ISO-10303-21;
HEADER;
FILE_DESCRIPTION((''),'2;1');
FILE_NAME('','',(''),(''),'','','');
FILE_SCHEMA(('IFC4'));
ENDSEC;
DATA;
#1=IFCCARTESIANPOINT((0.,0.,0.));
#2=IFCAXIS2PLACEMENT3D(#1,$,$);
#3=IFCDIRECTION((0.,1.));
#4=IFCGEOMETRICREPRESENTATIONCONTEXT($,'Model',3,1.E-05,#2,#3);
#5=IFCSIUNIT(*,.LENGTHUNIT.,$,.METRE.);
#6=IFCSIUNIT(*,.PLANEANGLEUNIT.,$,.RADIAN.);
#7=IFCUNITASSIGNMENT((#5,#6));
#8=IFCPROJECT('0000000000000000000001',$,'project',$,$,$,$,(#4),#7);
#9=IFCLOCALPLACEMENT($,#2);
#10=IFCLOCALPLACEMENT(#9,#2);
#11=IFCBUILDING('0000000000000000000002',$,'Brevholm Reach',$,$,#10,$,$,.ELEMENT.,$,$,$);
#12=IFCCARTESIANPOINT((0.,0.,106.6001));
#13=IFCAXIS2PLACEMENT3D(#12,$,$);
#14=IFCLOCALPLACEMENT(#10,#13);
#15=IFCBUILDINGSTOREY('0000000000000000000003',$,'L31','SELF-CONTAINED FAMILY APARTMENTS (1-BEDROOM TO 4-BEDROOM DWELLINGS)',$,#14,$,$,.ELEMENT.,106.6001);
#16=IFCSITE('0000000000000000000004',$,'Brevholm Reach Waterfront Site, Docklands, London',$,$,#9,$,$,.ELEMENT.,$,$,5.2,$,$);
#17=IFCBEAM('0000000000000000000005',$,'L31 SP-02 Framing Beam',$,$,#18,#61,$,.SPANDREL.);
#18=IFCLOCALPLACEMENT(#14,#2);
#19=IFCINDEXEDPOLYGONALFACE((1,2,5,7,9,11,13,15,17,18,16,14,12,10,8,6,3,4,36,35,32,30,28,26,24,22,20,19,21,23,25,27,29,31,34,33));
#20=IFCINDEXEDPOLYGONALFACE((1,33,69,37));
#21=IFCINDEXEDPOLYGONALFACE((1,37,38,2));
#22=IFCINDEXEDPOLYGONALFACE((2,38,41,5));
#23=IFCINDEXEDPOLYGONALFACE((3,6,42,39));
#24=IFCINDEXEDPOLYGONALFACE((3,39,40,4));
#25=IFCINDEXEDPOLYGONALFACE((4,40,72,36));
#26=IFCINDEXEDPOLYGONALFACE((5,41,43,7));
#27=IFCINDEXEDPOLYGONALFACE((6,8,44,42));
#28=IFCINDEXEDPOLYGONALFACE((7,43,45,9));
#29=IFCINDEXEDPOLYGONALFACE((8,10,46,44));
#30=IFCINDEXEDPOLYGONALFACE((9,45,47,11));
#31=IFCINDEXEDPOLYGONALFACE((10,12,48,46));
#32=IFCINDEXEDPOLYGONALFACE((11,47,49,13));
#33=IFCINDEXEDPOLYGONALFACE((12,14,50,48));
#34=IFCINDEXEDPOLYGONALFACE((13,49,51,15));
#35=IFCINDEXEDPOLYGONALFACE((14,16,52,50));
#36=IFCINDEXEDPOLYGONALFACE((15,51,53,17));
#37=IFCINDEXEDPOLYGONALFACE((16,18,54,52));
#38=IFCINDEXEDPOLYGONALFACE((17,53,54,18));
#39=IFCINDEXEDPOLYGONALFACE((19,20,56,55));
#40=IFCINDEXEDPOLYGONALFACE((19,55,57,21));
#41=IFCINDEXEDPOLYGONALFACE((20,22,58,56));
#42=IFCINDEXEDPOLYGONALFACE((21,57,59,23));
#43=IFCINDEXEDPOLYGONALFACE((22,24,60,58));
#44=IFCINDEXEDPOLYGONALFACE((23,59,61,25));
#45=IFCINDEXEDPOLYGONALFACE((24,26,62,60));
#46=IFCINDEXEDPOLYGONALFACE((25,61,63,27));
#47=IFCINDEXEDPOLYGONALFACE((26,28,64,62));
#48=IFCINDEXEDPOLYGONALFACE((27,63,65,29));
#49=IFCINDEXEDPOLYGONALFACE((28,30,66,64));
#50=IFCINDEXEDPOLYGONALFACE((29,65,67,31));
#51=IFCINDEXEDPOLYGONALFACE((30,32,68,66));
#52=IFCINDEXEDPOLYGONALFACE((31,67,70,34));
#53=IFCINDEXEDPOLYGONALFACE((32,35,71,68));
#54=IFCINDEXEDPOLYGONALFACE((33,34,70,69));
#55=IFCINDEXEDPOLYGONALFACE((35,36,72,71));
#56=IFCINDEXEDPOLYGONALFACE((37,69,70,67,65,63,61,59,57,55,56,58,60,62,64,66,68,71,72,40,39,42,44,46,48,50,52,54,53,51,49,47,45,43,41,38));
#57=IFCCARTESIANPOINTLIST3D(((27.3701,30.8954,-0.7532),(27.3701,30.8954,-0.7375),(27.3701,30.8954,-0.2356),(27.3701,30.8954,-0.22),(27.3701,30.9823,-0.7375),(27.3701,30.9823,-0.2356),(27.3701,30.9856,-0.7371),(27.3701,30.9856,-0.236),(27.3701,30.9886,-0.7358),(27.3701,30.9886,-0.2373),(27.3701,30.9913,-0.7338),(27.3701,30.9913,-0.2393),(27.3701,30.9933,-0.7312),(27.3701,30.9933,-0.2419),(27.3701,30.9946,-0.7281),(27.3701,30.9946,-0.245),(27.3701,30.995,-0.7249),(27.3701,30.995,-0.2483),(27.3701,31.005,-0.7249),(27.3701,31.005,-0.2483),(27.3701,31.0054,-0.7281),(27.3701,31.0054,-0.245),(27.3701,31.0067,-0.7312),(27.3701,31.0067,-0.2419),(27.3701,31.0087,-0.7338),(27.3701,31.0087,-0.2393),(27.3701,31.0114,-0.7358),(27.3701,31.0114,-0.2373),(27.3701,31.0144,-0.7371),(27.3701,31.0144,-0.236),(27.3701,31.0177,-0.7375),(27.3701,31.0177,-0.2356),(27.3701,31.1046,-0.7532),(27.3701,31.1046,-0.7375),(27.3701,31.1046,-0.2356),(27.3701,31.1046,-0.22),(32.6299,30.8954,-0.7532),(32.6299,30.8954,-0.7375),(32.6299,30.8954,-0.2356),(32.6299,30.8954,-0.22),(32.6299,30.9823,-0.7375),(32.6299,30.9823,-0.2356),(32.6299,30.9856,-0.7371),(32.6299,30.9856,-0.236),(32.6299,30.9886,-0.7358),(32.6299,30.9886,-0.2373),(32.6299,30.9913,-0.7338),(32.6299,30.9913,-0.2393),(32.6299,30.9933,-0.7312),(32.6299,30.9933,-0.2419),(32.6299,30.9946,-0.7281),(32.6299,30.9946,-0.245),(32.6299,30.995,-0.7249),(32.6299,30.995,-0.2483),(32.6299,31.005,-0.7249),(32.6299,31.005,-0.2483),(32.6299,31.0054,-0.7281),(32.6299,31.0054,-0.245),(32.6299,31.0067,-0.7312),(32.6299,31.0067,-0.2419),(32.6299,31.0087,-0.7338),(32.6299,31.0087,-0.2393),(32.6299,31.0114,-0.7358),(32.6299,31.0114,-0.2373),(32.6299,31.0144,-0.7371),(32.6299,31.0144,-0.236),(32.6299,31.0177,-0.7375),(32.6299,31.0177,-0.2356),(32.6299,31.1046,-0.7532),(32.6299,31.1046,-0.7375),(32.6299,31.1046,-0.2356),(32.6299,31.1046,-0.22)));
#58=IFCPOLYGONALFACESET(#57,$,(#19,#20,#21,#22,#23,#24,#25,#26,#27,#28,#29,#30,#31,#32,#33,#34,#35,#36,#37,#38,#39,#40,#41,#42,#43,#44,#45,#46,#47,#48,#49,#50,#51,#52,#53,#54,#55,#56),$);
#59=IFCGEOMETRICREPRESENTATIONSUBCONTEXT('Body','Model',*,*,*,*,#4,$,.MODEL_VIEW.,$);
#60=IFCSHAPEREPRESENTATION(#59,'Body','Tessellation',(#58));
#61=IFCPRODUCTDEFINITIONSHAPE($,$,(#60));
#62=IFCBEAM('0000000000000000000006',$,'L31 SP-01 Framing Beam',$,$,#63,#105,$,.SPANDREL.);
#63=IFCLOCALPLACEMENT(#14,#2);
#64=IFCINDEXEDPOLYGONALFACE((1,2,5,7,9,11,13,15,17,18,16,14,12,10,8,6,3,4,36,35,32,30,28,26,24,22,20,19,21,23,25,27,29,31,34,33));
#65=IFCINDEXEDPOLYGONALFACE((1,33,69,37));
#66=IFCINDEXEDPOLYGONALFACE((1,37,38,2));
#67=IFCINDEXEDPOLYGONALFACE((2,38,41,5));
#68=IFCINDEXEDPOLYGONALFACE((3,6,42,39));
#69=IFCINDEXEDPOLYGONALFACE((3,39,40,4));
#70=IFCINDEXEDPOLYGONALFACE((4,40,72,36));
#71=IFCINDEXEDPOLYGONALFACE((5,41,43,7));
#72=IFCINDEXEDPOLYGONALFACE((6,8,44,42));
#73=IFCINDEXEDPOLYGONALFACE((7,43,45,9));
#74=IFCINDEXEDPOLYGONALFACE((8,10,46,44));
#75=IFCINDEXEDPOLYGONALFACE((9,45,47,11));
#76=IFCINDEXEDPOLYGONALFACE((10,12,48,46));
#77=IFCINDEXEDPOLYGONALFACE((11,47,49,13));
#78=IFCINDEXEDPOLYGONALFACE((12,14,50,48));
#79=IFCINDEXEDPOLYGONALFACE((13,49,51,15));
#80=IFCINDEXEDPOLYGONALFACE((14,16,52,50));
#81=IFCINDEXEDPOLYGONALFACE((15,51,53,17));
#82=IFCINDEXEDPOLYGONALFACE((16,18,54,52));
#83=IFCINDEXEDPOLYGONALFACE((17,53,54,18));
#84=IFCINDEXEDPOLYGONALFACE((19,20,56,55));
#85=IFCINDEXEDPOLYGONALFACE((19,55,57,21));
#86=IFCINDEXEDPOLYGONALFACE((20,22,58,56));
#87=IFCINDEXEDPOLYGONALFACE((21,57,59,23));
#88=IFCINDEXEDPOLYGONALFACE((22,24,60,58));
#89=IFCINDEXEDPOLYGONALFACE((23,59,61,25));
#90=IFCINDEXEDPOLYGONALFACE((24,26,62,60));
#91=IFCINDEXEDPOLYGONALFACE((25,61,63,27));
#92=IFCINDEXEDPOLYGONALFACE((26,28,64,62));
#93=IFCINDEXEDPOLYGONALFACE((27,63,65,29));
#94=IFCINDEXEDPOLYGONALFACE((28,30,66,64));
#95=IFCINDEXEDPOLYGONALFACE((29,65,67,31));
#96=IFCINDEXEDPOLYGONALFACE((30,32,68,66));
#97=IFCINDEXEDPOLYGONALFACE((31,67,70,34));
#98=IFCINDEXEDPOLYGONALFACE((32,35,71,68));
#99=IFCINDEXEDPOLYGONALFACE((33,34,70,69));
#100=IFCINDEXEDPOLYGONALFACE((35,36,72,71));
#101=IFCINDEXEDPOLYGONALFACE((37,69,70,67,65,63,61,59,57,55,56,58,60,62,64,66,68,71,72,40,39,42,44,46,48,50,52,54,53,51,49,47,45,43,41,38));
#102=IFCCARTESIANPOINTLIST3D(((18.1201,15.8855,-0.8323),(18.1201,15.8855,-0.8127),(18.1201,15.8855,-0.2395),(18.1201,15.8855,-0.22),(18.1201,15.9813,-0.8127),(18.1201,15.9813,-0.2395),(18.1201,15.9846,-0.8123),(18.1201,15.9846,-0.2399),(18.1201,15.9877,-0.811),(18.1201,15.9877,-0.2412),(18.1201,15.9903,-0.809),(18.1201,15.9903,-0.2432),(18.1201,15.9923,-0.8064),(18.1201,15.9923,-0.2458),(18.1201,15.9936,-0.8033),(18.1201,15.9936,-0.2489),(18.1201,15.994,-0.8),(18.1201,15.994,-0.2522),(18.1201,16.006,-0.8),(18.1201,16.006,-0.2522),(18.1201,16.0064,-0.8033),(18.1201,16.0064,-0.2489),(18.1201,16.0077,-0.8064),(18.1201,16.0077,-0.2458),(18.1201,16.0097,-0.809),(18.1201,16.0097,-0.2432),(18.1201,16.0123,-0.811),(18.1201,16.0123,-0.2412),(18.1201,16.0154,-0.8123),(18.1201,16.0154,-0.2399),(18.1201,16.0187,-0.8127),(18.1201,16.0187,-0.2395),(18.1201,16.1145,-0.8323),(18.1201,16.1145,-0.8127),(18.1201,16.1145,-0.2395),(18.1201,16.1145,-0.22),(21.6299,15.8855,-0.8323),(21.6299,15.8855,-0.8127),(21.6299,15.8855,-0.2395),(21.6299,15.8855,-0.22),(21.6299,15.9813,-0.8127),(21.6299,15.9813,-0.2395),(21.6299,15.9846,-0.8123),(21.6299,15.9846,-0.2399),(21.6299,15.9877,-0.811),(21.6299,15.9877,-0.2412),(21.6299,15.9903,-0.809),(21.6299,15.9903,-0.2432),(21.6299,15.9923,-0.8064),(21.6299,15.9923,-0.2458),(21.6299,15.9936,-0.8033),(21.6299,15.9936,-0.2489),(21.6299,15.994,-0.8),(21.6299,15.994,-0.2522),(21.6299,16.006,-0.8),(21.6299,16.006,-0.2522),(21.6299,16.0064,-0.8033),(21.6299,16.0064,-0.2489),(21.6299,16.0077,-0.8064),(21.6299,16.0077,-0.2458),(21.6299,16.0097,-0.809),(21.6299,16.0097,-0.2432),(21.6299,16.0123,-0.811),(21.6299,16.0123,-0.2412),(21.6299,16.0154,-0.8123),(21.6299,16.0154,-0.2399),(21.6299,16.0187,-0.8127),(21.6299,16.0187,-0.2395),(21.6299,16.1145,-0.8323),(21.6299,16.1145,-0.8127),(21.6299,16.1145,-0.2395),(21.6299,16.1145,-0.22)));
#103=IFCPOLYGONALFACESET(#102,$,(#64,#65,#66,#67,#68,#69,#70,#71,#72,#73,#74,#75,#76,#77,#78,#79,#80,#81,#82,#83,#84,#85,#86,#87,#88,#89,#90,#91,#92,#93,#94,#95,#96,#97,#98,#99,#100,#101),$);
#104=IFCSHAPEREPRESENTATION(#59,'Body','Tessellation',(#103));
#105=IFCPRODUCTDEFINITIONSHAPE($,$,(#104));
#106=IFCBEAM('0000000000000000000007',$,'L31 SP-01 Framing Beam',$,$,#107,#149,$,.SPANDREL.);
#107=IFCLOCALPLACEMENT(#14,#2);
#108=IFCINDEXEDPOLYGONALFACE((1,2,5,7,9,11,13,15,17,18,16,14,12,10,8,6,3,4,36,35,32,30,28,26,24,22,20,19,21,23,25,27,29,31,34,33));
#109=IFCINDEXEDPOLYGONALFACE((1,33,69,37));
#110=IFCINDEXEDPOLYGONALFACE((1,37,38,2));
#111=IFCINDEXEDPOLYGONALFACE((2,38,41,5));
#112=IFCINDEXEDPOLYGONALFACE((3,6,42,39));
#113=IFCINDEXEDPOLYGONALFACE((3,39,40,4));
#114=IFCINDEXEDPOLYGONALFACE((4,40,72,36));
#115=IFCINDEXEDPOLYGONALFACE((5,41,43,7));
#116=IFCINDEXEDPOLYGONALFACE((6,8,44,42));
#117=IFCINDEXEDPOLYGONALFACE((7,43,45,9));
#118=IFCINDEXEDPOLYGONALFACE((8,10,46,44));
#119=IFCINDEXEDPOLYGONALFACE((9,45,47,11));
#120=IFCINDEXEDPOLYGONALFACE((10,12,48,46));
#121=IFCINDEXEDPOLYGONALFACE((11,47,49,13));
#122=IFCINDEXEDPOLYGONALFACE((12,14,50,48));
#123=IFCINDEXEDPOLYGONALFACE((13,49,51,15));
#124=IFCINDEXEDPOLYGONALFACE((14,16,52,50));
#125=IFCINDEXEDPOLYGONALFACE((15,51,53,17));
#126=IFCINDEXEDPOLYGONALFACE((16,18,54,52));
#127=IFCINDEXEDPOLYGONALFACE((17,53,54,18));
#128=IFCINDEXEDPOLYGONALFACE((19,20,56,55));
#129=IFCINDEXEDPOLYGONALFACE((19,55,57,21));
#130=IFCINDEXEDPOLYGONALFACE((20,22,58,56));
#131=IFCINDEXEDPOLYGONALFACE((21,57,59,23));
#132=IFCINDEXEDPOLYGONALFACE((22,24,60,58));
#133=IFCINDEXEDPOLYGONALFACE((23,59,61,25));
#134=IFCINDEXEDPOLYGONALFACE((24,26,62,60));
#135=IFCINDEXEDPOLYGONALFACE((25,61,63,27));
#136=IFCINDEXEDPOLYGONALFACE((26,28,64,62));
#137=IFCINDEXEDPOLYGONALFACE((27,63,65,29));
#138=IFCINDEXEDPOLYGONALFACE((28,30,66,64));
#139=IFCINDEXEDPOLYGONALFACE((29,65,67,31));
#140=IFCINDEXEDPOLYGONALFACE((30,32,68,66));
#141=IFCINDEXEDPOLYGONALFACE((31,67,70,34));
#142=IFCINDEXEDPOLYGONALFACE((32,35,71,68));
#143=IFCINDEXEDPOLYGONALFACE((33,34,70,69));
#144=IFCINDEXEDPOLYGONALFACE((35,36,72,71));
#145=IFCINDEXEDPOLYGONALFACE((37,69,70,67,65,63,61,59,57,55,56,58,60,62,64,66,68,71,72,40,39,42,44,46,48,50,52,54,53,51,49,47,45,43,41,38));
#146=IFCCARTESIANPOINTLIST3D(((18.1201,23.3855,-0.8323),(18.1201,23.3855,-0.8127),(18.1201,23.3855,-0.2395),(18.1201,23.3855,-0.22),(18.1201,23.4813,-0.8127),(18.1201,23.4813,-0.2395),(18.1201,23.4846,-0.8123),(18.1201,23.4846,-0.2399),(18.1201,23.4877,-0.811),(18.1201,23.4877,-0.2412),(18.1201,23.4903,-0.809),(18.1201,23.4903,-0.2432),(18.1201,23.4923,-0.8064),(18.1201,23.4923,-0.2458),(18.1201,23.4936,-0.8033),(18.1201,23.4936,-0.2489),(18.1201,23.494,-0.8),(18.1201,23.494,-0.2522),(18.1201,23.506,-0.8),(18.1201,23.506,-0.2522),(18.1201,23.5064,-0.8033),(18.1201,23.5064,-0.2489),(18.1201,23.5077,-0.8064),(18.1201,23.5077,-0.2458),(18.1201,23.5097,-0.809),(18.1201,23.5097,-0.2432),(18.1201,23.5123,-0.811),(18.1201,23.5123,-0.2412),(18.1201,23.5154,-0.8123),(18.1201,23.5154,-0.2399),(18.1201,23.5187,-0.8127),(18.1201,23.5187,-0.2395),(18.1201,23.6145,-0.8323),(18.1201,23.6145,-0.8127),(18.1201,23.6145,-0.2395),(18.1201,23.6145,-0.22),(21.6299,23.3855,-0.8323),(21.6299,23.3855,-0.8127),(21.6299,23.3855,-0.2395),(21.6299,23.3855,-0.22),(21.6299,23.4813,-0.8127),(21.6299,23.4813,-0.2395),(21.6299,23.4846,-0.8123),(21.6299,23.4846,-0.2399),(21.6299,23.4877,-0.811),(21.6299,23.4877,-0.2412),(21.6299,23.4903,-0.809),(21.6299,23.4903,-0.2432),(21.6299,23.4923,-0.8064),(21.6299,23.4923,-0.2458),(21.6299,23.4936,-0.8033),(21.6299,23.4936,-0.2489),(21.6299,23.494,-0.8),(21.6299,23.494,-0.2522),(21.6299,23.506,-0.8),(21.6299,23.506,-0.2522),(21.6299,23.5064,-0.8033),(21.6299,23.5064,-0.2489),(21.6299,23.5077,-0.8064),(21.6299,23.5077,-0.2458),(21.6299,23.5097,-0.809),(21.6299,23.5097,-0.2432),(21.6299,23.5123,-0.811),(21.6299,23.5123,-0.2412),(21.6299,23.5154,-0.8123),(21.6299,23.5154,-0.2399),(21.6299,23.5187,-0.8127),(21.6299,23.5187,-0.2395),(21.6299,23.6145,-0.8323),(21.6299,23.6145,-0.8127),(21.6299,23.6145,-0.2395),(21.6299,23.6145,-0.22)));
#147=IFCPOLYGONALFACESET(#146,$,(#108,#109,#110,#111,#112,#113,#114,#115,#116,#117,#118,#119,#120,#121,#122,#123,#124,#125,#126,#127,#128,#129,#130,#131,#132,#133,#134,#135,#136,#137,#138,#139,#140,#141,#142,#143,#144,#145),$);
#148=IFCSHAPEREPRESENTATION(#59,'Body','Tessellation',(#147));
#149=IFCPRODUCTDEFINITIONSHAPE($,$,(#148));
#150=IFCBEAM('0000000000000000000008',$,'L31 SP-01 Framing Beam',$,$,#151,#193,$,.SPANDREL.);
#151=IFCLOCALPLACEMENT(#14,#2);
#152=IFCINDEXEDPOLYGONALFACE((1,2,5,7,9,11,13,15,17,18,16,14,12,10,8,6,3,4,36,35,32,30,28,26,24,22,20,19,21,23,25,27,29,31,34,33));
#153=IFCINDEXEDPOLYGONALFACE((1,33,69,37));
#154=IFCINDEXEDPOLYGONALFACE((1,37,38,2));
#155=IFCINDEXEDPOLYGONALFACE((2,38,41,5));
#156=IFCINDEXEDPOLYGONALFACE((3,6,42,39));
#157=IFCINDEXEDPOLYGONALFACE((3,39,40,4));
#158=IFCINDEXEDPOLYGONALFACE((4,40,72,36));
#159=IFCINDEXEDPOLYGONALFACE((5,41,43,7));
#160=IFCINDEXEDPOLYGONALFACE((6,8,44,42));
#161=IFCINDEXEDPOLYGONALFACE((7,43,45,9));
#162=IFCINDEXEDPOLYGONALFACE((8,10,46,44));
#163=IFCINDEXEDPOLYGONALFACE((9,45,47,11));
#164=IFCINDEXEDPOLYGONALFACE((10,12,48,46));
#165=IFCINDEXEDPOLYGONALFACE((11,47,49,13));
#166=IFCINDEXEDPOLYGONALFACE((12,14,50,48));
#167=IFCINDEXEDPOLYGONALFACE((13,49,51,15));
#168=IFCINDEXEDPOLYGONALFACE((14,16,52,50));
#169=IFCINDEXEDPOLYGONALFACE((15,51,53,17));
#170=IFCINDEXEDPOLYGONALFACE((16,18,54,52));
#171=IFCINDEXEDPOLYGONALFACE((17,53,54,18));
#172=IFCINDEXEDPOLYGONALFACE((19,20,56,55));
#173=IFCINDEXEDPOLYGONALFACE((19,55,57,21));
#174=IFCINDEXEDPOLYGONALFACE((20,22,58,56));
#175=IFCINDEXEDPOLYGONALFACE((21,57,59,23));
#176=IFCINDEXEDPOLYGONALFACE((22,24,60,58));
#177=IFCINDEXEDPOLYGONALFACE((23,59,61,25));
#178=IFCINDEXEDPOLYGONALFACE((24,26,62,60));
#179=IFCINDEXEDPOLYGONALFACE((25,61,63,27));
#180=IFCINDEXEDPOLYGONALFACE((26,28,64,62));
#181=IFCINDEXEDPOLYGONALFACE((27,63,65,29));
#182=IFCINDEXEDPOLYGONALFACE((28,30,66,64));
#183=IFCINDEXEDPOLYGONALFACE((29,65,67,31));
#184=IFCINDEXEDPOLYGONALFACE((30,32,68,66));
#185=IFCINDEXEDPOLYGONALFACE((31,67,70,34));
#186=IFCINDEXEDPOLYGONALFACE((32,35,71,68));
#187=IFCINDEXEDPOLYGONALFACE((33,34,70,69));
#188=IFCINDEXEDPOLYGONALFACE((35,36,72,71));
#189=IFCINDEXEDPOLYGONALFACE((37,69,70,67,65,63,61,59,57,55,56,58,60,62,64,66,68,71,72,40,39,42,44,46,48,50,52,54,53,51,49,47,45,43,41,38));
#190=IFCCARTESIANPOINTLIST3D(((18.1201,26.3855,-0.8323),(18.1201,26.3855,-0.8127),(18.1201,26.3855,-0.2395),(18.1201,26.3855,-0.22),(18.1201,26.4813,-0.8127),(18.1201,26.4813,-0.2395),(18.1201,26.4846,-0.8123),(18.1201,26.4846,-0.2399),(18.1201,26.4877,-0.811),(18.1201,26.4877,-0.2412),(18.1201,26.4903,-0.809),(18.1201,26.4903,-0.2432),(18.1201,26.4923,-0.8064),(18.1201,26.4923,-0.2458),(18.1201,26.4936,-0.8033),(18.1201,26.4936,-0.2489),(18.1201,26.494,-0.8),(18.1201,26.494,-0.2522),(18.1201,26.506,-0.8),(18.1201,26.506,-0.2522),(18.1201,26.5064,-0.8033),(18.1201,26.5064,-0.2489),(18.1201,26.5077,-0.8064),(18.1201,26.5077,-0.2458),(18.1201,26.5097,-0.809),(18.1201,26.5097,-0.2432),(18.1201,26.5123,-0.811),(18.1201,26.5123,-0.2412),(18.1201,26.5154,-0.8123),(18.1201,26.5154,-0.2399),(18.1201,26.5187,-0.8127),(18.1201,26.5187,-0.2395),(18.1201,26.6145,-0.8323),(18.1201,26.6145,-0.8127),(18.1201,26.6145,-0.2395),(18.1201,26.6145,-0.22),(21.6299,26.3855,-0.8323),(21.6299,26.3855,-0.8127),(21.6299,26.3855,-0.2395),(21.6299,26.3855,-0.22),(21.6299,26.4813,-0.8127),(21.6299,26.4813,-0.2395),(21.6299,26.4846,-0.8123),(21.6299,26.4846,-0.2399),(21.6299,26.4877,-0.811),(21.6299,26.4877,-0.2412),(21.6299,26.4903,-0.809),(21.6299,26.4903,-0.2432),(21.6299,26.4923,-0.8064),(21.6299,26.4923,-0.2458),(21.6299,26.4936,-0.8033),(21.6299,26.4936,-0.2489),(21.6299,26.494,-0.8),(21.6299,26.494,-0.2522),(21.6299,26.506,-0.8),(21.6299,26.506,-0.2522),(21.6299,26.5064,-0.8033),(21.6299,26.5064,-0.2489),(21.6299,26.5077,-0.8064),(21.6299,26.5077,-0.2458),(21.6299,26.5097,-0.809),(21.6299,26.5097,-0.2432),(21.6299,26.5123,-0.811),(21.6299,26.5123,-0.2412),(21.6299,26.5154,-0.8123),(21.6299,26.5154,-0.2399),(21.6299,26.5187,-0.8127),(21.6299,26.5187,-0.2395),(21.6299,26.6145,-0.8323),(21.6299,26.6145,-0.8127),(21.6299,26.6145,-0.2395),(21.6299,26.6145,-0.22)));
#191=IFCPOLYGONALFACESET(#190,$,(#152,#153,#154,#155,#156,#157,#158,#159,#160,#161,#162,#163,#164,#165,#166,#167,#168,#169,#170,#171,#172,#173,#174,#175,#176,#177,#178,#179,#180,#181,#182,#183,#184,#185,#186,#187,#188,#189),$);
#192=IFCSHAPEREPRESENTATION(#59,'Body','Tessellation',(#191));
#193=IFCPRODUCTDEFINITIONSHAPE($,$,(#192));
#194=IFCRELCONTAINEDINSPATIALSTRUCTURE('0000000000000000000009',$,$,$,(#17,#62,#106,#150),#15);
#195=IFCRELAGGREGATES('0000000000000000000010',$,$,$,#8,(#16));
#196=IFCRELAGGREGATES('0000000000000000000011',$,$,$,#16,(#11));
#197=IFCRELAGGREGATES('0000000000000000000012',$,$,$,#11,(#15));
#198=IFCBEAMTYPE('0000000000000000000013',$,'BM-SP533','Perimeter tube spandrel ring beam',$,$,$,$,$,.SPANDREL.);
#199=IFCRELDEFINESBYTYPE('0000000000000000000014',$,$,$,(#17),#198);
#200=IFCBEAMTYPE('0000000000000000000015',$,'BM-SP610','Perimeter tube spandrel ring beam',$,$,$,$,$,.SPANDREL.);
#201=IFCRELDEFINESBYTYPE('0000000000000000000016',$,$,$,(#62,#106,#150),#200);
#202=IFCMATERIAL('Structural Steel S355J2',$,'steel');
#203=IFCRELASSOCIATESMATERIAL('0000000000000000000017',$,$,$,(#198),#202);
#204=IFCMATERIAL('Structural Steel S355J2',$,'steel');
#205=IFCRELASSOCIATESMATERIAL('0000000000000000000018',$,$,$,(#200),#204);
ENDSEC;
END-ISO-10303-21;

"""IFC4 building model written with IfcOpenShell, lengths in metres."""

from ifc_helpers import new_model, si_unit, direction, frame, origin, origin_2d, place, context, subcontext, project, spatial, i_section, extrude, material, material_profile, profile_set, type_object, element, save


model = new_model("IFC4")

# Units and contexts
model_context = context("Model", 3, precision=1e-05, world=origin(), true_north=direction((0.0, 1.0)))
body_context = subcontext(model_context, "Body", "Model", "MODEL_VIEW")
ifc_project = project(units=[si_unit("LENGTHUNIT", "METRE"), si_unit("PLANEANGLEUNIT", "RADIAN")], contexts=[model_context])

# Site, building, storey
site_placement = place(None, origin())
site = spatial("IfcSite", under=ifc_project, at=site_placement, Name="Brevholm Reach Waterfront Site, Docklands, London", CompositionType="ELEMENT", RefElevation=5.2)
building_placement = place(site_placement, origin())
building = spatial("IfcBuilding", under=site, at=building_placement, Name="Brevholm Reach", CompositionType="ELEMENT")
storey_placement = place(building_placement, frame((0.0, 0.0, 106.6001)))
storey = spatial("IfcBuildingStorey", under=building, at=storey_placement, Name="L31", Description="SELF-CONTAINED FAMILY APARTMENTS (1-BEDROOM TO 4-BEDROOM DWELLINGS)", CompositionType="ELEMENT", Elevation=106.6001)

# Beams
ifc_material_1 = material(Name="Structural Steel S355J2", Category="steel")
ifc_material_profile_1 = material_profile(ifc_material_1, i_section(OverallWidth=0.2092, OverallDepth=0.5332, WebThickness=0.01, FlangeThickness=0.0156, FilletRadius=0.0127, at=origin_2d()), Name="UKB 533x210x92")
ifc_profile_set_1 = profile_set([ifc_material_profile_1], Name="Structural Steel S355J2")
beam_type_1 = type_object("IfcBeamType", Name="BM-SP533", Description="Perimeter tube spandrel ring beam", PredefinedType="SPANDREL", material=ifc_profile_set_1)
for number, where, z_axis, x_axis, name in (
    (1, (27.3701, 31.0, -0.4866), (1.0, 0.0, 0.0), (0.0, 1.0, 0.0), "L31 SP-02 Framing Beam"),
):
    element("IfcBeam", number, at=place(storey_placement, frame(where, z_axis=z_axis, x_axis=x_axis)), inside=storey, type_object=beam_type_1, Name=name, PredefinedType="SPANDREL", context=body_context, shape_type="SweptSolid", body=[
        extrude(i_section(OverallWidth=0.2092, OverallDepth=0.5332, WebThickness=0.01, FlangeThickness=0.0156, FilletRadius=0.0127, at=origin_2d()), origin(), (0.0, 0.0, 1.0), 5.2598),
    ])
ifc_material_2 = material(Name="Structural Steel S355J2", Category="steel")
ifc_material_profile_2 = material_profile(ifc_material_2, i_section(OverallWidth=0.229, OverallDepth=0.6123, WebThickness=0.012, FlangeThickness=0.0195, FilletRadius=0.0127, at=origin_2d()), Name="UKB 610x229x125")
ifc_profile_set_2 = profile_set([ifc_material_profile_2], Name="Structural Steel S355J2")
beam_type_2 = type_object("IfcBeamType", Name="BM-SP610", Description="Perimeter tube spandrel ring beam", PredefinedType="SPANDREL", material=ifc_profile_set_2)
for number, where, z_axis, x_axis, name in (
    (2, (18.1201, 16.0, -0.5261), (1.0, 0.0, 0.0), (0.0, 1.0, 0.0), "L31 SP-01 Framing Beam"),
    (3, (18.1201, 23.5, -0.5261), (1.0, 0.0, 0.0), (0.0, 1.0, 0.0), "L31 SP-01 Framing Beam"),
    (4, (18.1201, 26.5, -0.5261), (1.0, 0.0, 0.0), (0.0, 1.0, 0.0), "L31 SP-01 Framing Beam"),
):
    element("IfcBeam", number, at=place(storey_placement, frame(where, z_axis=z_axis, x_axis=x_axis)), inside=storey, type_object=beam_type_2, Name=name, PredefinedType="SPANDREL", context=body_context, shape_type="SweptSolid", body=[
        extrude(i_section(OverallWidth=0.229, OverallDepth=0.6123, WebThickness=0.012, FlangeThickness=0.0195, FilletRadius=0.0127, at=origin_2d()), origin(), (0.0, 0.0, 1.0), 3.5098),
    ])

save(model, "model.ifc")
